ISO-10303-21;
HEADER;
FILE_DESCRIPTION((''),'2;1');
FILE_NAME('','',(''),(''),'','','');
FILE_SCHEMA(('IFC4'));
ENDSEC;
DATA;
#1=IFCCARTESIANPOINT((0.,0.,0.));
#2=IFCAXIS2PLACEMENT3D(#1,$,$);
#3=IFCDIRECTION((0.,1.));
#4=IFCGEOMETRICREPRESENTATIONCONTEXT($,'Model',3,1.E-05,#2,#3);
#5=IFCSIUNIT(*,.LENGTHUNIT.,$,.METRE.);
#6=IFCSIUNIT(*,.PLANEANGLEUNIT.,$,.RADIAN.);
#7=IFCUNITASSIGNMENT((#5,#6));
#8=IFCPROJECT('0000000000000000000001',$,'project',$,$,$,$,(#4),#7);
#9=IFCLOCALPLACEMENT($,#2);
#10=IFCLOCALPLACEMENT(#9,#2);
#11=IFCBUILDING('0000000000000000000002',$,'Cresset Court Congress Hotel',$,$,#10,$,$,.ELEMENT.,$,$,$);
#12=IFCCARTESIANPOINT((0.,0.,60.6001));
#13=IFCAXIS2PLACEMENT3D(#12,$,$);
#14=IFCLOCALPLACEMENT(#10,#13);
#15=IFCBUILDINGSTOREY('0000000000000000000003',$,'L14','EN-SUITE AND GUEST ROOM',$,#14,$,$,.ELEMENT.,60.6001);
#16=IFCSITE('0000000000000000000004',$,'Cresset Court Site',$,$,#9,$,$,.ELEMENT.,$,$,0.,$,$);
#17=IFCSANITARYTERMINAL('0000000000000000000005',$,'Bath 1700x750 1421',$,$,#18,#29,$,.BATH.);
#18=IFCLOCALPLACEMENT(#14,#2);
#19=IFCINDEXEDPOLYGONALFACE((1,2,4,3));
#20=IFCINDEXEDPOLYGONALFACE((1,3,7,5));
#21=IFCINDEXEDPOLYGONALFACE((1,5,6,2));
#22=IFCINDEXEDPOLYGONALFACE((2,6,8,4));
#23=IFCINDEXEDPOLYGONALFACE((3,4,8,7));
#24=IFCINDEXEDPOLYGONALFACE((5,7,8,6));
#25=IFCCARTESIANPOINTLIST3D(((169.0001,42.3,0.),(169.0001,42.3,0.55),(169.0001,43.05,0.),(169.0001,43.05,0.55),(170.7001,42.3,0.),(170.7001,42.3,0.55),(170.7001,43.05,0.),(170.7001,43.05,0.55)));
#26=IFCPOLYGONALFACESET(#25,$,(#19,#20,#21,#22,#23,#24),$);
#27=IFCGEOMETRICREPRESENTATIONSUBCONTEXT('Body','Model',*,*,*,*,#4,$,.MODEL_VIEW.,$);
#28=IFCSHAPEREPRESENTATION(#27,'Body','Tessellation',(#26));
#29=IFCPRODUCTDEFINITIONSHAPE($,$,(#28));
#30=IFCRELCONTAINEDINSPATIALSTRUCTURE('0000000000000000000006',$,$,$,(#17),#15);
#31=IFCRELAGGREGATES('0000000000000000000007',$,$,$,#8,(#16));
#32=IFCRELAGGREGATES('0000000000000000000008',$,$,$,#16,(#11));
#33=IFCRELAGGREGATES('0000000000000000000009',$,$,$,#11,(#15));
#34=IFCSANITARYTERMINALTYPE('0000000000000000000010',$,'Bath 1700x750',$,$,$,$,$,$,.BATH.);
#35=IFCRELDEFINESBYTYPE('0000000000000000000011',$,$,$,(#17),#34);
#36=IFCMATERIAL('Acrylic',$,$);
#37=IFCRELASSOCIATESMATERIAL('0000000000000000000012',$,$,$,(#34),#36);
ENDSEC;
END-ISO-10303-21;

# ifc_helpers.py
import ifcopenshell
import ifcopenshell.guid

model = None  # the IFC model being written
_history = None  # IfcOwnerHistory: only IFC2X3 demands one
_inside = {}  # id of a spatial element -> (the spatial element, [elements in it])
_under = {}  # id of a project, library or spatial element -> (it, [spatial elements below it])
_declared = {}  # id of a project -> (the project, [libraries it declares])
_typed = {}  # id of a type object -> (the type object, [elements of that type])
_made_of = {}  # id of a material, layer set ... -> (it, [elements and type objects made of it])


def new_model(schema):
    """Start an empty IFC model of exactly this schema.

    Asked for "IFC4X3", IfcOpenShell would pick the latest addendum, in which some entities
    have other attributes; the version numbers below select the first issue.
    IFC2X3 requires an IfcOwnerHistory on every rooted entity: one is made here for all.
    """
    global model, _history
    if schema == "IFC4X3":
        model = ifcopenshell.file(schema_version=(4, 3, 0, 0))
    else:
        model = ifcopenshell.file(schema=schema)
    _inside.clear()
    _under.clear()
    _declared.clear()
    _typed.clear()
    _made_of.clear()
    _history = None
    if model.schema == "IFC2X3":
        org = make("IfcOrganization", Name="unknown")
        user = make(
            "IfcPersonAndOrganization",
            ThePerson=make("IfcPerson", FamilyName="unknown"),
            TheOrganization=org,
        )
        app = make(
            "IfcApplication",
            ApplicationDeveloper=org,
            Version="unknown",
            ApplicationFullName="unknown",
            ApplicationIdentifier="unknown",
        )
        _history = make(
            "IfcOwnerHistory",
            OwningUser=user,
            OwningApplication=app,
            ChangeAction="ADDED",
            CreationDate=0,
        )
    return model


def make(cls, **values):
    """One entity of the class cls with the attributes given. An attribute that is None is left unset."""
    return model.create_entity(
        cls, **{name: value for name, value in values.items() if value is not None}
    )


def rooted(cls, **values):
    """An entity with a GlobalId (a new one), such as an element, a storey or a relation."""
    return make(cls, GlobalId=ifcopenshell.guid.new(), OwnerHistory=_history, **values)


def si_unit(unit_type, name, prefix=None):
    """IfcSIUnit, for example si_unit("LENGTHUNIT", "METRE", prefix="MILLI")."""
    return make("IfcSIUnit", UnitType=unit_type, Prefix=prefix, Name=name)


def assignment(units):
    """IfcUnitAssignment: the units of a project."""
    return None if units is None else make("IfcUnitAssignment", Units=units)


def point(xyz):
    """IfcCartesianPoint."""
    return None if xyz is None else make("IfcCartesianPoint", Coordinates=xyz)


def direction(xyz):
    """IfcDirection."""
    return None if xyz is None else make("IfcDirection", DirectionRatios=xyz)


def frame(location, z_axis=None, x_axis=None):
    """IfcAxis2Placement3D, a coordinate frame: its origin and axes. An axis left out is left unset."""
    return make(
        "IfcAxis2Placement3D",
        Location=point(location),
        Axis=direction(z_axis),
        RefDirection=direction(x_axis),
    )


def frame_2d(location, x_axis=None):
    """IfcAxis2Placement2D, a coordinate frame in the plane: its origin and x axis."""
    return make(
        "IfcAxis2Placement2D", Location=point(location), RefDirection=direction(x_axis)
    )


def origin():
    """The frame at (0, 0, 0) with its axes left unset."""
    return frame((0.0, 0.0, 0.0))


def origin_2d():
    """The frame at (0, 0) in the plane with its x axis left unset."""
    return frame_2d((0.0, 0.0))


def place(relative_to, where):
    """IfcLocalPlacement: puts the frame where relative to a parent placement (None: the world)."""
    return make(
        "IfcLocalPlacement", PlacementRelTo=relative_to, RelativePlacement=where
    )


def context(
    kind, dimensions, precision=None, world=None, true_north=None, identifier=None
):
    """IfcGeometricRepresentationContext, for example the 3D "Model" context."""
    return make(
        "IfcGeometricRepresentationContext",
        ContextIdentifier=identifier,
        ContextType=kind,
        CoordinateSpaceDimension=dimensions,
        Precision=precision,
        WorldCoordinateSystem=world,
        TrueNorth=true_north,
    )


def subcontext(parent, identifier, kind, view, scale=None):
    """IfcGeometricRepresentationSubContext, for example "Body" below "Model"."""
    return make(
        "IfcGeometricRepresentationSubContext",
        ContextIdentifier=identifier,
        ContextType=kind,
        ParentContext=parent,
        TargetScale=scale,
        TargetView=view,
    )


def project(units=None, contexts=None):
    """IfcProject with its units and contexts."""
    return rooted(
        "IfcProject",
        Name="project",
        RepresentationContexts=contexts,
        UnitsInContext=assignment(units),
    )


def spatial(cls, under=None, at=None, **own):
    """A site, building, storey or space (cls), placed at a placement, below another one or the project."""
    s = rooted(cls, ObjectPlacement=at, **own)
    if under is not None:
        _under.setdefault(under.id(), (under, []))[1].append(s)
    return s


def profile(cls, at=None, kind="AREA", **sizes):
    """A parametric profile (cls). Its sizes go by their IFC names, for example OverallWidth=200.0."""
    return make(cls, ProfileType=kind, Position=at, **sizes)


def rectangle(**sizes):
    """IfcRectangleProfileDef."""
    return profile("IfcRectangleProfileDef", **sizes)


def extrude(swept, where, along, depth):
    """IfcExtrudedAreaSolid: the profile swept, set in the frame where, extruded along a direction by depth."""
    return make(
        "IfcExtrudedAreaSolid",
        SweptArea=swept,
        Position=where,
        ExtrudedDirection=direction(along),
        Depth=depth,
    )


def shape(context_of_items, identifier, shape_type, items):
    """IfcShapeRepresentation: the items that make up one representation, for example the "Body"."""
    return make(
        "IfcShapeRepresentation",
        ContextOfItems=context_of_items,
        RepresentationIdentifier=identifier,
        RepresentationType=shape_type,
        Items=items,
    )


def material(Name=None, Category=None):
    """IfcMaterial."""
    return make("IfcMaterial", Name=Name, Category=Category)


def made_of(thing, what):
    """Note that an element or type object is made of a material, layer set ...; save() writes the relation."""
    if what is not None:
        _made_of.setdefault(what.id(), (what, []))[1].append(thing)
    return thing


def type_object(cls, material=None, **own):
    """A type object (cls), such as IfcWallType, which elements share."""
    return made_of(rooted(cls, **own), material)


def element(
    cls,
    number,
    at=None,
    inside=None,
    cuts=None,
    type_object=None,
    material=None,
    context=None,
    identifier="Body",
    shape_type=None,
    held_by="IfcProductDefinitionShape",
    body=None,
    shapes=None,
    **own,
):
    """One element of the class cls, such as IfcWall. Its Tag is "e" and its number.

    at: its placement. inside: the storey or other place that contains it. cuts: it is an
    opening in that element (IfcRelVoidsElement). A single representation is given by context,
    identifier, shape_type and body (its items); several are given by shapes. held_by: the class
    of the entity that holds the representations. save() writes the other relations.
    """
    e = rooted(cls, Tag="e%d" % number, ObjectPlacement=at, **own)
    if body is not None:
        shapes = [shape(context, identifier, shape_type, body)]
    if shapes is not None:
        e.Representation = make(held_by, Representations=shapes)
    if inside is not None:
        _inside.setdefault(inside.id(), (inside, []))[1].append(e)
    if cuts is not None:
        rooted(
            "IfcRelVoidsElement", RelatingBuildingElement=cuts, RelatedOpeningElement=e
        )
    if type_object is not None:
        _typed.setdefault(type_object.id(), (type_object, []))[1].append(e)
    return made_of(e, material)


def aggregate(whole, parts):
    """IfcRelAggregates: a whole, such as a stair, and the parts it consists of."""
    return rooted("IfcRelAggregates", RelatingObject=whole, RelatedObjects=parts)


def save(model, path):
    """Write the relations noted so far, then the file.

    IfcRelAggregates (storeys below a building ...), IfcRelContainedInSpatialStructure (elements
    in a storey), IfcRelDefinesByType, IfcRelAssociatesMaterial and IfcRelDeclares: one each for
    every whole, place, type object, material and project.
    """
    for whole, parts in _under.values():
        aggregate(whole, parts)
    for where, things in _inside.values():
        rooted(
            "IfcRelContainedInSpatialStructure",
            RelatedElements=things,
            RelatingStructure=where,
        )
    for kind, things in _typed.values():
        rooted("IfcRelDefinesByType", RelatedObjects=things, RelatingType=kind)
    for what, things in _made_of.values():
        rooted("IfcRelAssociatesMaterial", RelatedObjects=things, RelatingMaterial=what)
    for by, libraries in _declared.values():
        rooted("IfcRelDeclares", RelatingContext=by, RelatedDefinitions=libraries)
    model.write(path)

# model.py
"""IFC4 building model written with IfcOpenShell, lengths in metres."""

from ifc_helpers import new_model, si_unit, direction, frame, origin, origin_2d, place, context, subcontext, project, spatial, rectangle, extrude, material, type_object, element, save


model = new_model("IFC4")

# Units and contexts
model_context = context("Model", 3, precision=1e-05, world=origin(), true_north=direction((0.0, 1.0)))
body_context = subcontext(model_context, "Body", "Model", "MODEL_VIEW")
ifc_project = project(units=[si_unit("LENGTHUNIT", "METRE"), si_unit("PLANEANGLEUNIT", "RADIAN")], contexts=[model_context])

# Site, building, storey
site_placement = place(None, origin())
site = spatial("IfcSite", under=ifc_project, at=site_placement, Name="Cresset Court Site", CompositionType="ELEMENT", RefElevation=0.0)
building_placement = place(site_placement, origin())
building = spatial("IfcBuilding", under=site, at=building_placement, Name="Cresset Court Congress Hotel", CompositionType="ELEMENT")
storey_placement = place(building_placement, frame((0.0, 0.0, 60.6001)))
storey = spatial("IfcBuildingStorey", under=building, at=storey_placement, Name="L14", Description="EN-SUITE AND GUEST ROOM", CompositionType="ELEMENT", Elevation=60.6001)

# Sanitary terminal
ifc_material_1 = material(Name="Acrylic")
sanitary_terminal_type = type_object("IfcSanitaryTerminalType", Name="Bath 1700x750", PredefinedType="BATH", material=ifc_material_1)
sanitary_terminal_placement = place(storey_placement, frame((169.8501, 42.675, 0.0), z_axis=(0.0, 0.0, 1.0), x_axis=(1.0, 0.0, 0.0)))
element("IfcSanitaryTerminal", 1, at=sanitary_terminal_placement, inside=storey, type_object=sanitary_terminal_type, Name="Bath 1700x750 1421", PredefinedType="BATH", context=body_context, shape_type="SweptSolid", body=[
    extrude(rectangle(XDim=1.7, YDim=0.75, at=origin_2d()), origin(), (0.0, 0.0, 1.0), 0.55),
])

save(model, "model.ifc")
